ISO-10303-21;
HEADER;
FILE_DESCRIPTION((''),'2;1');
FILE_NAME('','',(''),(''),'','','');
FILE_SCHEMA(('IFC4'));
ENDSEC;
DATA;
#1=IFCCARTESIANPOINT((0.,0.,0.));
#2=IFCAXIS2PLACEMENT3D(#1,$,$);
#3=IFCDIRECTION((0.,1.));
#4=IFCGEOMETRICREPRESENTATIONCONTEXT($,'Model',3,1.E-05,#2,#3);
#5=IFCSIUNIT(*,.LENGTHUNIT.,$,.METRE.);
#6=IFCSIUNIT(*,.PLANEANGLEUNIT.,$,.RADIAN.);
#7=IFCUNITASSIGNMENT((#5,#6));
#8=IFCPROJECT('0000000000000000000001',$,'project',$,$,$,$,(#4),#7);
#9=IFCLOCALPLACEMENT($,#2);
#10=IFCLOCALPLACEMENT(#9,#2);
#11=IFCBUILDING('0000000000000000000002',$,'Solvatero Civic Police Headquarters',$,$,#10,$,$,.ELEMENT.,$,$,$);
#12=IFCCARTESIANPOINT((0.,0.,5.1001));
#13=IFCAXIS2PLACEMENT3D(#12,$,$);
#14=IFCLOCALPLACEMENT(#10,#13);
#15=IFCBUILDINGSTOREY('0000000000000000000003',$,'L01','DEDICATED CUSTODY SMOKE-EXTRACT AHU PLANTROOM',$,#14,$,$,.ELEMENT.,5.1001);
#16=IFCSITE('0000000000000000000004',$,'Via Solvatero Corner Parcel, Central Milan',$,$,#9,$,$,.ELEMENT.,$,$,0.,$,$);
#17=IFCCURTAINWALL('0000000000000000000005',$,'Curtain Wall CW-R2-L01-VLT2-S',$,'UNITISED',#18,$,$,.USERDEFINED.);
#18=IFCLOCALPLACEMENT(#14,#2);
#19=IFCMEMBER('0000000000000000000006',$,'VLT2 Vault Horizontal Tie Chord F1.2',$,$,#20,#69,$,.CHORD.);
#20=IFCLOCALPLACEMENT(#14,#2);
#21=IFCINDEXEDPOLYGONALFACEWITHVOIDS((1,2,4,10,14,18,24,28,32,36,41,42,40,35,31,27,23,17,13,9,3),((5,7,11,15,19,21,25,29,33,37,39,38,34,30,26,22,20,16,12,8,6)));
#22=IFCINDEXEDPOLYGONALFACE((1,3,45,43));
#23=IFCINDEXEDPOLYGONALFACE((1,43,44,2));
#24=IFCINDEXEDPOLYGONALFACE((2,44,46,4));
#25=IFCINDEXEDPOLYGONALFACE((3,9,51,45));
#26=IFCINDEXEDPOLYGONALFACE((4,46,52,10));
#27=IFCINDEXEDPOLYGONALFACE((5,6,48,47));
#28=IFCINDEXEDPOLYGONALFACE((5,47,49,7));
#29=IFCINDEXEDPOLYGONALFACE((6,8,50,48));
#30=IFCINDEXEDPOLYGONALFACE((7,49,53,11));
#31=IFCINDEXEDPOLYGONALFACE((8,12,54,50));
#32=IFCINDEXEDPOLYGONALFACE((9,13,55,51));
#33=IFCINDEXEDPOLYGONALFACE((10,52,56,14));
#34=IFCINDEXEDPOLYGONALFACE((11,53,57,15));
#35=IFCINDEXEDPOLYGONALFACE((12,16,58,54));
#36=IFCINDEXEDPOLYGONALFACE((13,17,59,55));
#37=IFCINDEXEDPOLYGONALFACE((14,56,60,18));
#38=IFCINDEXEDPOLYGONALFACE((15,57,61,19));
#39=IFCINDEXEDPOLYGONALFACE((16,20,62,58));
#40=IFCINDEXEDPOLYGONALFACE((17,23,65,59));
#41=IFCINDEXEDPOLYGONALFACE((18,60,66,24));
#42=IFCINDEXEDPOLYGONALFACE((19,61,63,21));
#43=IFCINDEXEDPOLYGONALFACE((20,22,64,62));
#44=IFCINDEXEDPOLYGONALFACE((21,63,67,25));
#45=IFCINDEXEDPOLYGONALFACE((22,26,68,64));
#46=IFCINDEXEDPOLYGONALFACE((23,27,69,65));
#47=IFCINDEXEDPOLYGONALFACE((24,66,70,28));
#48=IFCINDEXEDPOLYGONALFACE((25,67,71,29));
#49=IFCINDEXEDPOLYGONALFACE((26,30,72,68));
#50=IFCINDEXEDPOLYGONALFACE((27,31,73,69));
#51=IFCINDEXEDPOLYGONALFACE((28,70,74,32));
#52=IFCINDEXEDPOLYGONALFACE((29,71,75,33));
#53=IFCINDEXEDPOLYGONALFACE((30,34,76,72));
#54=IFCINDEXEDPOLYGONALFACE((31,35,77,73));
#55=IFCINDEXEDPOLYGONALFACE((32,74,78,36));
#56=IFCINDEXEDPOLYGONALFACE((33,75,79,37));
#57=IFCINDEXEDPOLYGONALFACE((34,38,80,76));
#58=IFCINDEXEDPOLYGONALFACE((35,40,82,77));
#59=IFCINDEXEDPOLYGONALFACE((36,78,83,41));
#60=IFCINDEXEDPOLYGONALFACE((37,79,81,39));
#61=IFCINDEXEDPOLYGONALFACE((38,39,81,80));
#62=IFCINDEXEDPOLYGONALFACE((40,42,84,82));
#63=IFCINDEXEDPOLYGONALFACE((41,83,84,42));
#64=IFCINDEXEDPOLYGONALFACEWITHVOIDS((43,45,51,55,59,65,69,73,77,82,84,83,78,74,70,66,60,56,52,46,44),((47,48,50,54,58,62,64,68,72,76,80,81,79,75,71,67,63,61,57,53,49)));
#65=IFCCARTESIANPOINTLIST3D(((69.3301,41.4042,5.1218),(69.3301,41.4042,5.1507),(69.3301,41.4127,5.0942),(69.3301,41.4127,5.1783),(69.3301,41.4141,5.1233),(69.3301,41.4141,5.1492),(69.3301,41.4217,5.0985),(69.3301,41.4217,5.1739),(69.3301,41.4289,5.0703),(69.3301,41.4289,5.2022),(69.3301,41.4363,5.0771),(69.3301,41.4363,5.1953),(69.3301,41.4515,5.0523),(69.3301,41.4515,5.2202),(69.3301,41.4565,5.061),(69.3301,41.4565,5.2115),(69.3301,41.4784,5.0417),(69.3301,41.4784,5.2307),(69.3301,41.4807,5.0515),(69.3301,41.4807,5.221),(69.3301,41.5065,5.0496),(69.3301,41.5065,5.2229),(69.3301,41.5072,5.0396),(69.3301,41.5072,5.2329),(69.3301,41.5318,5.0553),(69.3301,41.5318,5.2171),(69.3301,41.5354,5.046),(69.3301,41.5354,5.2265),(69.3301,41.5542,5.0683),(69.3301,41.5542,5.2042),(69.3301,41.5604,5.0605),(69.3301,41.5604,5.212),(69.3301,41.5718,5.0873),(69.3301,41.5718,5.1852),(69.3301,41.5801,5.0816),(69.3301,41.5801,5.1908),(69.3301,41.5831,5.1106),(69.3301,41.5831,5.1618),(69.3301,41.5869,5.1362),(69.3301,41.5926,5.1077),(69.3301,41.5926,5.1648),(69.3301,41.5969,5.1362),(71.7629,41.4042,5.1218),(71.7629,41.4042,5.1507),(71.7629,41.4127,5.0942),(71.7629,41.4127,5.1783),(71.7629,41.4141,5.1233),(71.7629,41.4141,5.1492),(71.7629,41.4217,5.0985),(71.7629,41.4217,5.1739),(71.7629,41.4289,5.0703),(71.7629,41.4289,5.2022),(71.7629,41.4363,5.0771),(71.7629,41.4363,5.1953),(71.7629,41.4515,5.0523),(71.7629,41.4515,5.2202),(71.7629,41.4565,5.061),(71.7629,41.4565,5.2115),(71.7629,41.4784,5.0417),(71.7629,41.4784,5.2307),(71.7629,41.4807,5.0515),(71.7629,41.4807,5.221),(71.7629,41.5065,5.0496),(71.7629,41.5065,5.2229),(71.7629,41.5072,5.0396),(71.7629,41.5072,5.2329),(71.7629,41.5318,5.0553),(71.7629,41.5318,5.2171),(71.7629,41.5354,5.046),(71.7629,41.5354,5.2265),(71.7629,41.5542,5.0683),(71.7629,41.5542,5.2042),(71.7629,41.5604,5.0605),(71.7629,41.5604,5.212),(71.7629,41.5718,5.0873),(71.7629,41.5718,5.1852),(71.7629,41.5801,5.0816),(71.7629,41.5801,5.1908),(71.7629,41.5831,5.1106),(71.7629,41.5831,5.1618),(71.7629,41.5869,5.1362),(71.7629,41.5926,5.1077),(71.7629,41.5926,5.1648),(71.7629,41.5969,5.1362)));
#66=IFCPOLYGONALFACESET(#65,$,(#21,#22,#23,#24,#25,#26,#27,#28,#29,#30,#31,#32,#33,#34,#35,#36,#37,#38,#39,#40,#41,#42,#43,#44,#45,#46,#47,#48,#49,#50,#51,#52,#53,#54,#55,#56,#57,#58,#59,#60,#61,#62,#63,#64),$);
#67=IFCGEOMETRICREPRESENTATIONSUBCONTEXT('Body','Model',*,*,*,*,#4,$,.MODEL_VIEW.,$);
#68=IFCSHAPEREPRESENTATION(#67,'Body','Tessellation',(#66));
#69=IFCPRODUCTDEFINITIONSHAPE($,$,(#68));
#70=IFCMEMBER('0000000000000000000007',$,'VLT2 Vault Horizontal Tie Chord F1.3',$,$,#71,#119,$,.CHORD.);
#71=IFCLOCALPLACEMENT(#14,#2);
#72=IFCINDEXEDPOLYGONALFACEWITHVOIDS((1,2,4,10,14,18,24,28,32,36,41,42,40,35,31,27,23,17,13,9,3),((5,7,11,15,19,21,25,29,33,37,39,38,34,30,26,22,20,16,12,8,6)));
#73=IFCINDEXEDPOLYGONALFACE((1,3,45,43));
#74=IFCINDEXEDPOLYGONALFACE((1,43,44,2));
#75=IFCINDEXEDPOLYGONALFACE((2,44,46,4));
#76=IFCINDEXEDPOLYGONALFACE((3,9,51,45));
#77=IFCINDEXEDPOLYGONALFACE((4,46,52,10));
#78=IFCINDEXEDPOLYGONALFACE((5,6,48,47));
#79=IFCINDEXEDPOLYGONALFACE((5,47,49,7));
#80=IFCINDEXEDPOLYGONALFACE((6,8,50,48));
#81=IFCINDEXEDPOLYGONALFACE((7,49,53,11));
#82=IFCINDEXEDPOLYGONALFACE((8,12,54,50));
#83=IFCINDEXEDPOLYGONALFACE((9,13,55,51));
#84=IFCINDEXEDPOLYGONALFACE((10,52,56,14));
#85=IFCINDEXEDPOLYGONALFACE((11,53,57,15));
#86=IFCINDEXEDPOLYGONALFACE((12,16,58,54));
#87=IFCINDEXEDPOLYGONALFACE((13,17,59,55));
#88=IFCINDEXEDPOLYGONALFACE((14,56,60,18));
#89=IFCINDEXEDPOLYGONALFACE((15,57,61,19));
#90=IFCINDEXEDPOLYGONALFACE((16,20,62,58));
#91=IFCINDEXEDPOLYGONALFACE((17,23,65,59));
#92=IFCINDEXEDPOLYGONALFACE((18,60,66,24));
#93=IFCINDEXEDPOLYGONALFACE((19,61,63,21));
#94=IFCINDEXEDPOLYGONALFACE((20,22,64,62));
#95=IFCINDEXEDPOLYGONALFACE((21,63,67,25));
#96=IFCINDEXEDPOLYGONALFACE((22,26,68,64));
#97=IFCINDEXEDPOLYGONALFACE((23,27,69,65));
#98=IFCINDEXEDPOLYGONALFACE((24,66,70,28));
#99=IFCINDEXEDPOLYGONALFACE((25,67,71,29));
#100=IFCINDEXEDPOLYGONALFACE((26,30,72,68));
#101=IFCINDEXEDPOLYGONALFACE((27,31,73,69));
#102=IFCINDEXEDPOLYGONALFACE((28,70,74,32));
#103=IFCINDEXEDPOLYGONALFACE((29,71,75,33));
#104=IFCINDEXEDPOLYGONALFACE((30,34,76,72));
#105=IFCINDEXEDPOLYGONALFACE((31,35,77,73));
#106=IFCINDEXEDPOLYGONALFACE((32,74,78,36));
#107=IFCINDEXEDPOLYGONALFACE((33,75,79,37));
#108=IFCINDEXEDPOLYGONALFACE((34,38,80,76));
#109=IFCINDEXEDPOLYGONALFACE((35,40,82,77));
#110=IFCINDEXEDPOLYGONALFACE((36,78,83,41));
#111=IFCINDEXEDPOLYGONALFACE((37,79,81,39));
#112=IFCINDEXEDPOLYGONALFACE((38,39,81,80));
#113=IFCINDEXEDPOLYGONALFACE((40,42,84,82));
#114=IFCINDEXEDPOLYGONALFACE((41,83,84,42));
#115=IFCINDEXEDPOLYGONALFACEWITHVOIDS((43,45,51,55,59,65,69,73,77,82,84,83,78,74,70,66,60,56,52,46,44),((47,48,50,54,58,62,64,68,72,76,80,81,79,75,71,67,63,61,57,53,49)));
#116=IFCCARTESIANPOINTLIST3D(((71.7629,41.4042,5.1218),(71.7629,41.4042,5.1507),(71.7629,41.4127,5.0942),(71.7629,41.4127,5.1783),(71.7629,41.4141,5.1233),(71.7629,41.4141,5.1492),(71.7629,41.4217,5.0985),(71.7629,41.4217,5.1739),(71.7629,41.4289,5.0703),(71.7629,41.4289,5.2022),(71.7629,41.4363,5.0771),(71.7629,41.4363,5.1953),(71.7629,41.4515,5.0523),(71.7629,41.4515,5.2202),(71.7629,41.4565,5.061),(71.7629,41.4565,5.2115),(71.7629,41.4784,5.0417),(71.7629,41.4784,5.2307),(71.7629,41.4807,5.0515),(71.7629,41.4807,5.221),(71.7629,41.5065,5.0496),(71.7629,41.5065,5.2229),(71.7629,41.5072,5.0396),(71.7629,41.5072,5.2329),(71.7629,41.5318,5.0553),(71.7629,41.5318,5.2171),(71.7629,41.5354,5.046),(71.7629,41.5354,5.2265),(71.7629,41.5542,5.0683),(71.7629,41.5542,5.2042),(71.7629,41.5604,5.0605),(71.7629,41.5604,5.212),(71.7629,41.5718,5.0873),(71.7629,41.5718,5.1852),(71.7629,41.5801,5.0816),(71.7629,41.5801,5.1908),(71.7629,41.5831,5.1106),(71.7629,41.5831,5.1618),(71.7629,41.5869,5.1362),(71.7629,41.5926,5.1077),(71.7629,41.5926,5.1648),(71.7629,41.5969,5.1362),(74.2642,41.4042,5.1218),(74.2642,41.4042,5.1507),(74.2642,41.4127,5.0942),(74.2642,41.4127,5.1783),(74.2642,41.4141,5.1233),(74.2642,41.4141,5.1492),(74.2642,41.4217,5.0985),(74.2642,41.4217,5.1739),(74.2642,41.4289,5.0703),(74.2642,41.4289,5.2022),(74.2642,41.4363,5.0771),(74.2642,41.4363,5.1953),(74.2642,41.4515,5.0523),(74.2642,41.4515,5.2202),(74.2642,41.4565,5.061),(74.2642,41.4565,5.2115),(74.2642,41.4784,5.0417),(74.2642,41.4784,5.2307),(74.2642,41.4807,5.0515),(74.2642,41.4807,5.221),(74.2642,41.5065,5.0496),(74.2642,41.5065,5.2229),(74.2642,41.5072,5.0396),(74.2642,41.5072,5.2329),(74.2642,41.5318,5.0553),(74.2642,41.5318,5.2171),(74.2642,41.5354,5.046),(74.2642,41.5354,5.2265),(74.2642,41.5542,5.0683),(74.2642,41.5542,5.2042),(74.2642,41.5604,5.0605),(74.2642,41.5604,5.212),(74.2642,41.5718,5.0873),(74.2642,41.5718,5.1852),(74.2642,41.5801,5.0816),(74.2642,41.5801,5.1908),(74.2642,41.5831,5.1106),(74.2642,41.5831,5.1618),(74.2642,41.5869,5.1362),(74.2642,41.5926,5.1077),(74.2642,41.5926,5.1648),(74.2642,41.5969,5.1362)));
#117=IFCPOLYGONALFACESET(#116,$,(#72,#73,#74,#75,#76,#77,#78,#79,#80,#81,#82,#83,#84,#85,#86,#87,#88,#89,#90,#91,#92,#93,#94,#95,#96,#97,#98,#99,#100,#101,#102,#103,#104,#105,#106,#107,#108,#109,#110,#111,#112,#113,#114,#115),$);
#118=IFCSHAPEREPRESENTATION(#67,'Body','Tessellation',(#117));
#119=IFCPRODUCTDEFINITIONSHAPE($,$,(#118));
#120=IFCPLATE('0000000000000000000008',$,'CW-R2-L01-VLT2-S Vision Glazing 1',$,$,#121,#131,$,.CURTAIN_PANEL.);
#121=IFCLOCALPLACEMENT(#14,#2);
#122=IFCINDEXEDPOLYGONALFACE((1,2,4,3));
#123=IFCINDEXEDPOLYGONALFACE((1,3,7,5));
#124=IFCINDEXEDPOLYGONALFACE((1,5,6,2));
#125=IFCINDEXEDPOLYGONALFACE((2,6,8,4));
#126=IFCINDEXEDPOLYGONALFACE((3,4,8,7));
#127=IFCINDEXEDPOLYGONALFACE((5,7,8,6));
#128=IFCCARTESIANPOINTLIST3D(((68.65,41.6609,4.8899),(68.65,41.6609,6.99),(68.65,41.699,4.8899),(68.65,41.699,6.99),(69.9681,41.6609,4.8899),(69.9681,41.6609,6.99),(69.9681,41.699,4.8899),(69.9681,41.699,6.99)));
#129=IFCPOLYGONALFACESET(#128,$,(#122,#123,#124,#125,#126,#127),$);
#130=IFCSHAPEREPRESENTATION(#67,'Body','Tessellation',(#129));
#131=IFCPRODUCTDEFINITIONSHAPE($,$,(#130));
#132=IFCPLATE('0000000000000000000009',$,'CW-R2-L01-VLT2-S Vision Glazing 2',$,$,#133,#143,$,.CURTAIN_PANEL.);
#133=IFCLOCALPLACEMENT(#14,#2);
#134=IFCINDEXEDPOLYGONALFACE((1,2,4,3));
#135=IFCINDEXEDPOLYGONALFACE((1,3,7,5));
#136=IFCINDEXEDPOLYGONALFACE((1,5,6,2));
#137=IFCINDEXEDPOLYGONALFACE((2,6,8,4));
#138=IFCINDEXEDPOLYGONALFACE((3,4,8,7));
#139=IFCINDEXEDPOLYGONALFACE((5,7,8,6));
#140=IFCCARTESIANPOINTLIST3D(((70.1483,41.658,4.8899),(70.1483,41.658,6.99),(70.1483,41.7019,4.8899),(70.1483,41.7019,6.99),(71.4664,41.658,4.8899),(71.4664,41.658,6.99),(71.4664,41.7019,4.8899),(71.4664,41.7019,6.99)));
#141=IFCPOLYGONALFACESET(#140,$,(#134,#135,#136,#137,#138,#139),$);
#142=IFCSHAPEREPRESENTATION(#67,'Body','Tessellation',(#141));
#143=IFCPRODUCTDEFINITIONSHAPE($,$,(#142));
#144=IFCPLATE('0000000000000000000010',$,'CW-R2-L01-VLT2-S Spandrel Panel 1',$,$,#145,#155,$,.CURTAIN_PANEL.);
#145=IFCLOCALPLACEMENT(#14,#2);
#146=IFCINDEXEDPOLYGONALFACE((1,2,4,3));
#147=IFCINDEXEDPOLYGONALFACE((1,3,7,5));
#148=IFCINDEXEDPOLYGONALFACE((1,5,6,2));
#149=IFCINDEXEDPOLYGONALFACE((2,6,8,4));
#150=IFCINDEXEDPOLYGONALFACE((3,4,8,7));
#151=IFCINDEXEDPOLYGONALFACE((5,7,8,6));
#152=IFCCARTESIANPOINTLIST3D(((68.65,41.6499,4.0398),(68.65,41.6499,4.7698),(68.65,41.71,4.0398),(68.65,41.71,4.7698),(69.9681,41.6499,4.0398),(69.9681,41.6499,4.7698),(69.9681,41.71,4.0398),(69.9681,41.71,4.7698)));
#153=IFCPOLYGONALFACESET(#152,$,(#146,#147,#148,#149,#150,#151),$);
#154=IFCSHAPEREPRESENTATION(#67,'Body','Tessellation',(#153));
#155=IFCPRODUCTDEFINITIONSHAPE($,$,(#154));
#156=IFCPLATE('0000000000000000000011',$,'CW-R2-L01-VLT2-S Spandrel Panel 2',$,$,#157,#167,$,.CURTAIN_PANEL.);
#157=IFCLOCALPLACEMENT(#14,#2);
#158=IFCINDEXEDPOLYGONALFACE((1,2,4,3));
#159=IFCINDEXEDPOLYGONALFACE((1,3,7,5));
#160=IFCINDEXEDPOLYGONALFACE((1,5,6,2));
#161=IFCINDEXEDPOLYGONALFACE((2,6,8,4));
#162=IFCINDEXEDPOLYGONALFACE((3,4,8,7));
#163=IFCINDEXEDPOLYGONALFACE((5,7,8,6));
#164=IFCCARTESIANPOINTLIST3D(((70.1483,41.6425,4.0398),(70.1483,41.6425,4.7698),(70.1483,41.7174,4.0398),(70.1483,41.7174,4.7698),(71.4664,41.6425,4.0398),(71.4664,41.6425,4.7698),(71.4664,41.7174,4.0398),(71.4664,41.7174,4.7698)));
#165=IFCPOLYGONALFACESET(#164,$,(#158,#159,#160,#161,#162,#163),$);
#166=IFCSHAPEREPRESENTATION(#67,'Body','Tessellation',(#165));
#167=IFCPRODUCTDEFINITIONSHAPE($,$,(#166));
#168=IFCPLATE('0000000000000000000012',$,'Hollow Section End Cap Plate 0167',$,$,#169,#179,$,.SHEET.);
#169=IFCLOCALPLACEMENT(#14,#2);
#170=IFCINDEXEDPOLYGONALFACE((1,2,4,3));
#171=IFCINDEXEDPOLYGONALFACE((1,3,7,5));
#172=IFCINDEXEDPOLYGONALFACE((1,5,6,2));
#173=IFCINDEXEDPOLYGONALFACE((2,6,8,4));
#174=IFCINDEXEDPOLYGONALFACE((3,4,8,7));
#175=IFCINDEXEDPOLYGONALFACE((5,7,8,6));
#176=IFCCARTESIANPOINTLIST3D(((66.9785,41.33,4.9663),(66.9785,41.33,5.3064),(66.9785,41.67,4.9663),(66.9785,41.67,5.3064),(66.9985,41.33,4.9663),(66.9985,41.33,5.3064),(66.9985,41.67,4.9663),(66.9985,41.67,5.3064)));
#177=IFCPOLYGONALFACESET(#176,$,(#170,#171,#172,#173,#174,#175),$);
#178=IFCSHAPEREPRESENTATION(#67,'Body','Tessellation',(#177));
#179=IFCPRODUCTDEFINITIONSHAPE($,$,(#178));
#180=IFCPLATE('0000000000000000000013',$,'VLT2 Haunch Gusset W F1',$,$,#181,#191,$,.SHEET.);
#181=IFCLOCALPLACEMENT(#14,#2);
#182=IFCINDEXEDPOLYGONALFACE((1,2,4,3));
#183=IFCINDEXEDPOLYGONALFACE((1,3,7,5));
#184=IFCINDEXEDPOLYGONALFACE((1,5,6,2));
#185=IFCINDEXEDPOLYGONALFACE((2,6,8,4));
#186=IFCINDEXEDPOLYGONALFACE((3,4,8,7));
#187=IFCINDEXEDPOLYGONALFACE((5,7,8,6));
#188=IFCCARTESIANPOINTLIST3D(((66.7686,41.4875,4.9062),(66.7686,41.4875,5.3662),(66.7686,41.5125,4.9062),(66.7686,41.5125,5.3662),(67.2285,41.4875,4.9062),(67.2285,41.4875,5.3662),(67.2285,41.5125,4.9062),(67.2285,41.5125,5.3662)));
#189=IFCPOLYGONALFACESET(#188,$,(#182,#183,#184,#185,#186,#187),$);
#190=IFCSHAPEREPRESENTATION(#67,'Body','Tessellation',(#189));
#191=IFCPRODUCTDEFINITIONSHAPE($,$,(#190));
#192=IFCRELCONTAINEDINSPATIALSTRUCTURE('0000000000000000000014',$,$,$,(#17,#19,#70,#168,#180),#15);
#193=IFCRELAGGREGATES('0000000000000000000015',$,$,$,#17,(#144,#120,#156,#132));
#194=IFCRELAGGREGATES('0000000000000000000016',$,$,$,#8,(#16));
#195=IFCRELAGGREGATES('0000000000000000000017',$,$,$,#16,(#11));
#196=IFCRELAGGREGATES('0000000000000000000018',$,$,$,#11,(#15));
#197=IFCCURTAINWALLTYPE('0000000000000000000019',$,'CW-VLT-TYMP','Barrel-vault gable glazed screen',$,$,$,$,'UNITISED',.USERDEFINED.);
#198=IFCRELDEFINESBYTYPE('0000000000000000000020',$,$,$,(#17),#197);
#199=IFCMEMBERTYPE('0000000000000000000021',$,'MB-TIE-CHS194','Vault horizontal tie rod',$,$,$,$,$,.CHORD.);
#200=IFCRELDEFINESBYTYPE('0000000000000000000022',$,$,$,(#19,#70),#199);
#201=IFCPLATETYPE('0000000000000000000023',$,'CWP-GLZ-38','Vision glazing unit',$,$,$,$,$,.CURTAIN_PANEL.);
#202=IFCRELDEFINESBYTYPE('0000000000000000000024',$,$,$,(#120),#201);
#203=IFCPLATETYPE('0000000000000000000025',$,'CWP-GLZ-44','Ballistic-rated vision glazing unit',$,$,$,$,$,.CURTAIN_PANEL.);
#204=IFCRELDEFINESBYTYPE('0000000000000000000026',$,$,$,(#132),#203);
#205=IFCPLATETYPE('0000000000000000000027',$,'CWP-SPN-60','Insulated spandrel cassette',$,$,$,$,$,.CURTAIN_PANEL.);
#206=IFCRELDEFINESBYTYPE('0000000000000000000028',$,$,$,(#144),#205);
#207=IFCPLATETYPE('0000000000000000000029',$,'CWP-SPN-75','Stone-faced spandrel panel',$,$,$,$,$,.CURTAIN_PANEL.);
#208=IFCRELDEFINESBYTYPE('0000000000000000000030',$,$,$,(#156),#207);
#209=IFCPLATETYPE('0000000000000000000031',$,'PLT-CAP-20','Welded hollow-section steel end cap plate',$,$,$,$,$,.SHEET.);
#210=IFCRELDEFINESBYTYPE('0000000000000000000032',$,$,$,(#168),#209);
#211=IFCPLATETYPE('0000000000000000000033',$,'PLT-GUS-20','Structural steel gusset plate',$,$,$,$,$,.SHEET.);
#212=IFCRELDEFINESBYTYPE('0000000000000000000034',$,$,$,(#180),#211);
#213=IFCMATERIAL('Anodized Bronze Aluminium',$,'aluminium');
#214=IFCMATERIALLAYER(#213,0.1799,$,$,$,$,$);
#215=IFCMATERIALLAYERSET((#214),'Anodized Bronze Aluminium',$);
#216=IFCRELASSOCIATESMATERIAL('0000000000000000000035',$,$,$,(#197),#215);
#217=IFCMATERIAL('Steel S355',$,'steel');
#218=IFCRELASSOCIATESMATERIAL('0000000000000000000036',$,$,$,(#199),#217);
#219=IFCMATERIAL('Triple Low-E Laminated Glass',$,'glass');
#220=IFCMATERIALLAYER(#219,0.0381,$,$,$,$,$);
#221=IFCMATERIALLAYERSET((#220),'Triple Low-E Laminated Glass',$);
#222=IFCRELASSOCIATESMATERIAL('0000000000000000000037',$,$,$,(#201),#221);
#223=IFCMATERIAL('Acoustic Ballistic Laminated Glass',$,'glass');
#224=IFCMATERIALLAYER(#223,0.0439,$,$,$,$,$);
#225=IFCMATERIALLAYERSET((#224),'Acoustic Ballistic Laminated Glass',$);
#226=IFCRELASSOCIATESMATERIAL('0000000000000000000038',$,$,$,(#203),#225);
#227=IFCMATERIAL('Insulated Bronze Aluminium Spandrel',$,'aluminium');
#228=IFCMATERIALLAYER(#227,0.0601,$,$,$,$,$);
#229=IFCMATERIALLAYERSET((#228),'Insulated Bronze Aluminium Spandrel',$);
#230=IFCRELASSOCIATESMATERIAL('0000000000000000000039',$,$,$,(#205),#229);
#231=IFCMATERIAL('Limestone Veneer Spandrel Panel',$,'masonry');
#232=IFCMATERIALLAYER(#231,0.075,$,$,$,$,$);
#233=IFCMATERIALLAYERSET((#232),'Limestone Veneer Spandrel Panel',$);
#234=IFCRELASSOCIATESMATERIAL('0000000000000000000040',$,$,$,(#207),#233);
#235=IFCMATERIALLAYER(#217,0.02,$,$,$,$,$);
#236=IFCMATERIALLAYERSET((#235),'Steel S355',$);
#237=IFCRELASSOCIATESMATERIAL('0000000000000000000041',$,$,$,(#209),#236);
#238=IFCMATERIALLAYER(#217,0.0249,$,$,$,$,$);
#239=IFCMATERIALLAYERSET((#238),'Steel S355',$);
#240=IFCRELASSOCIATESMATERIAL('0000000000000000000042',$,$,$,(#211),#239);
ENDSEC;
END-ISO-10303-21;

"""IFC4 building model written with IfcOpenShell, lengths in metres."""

from ifc_helpers import new_model, si_unit, direction, frame, origin, origin_2d, place, context, subcontext, project, spatial, rectangle, hollow_circle, extrude, material, layer, layer_set, material_profile, profile_set, type_object, element, aggregate, save


model = new_model("IFC4")

# Units and contexts
model_context = context("Model", 3, precision=1e-05, world=origin(), true_north=direction((0.0, 1.0)))
body_context = subcontext(model_context, "Body", "Model", "MODEL_VIEW")
ifc_project = project(units=[si_unit("LENGTHUNIT", "METRE"), si_unit("PLANEANGLEUNIT", "RADIAN")], contexts=[model_context])

# Site, building, storey
site_placement = place(None, origin())
site = spatial("IfcSite", under=ifc_project, at=site_placement, Name="Via Solvatero Corner Parcel, Central Milan", CompositionType="ELEMENT", RefElevation=0.0)
building_placement = place(site_placement, origin())
building = spatial("IfcBuilding", under=site, at=building_placement, Name="Solvatero Civic Police Headquarters", CompositionType="ELEMENT")
storey_placement = place(building_placement, frame((0.0, 0.0, 5.1001)))
storey = spatial("IfcBuildingStorey", under=building, at=storey_placement, Name="L01", Description="DEDICATED CUSTODY SMOKE-EXTRACT AHU PLANTROOM", CompositionType="ELEMENT", Elevation=5.1001)

# Shared definitions
ifc_material_1 = material(Name="Steel S355", Category="steel")

# Curtain wall
ifc_material_2 = material(Name="Anodized Bronze Aluminium", Category="aluminium")
ifc_layer_1 = layer(ifc_material_2, 0.1799)
ifc_layer_set_1 = layer_set([ifc_layer_1], Name="Anodized Bronze Aluminium")
curtain_wall_type = type_object("IfcCurtainWallType", Name="CW-VLT-TYMP", Description="Barrel-vault gable glazed screen", ElementType="UNITISED", PredefinedType="USERDEFINED", material=ifc_layer_set_1)
curtain_wall_placement = place(storey_placement, origin())
curtain_wall = element("IfcCurtainWall", 1, at=curtain_wall_placement, inside=storey, type_object=curtain_wall_type, Name="Curtain Wall CW-R2-L01-VLT2-S", ObjectType="UNITISED", PredefinedType="USERDEFINED")

# Members
ifc_material_profile_1 = material_profile(ifc_material_1, hollow_circle(Radius=0.0969, WallThickness=0.01, at=origin_2d()), Name="CHS 193.7x10.0")
ifc_profile_set_1 = profile_set([ifc_material_profile_1], Name="Steel S355")
member_type_1 = type_object("IfcMemberType", Name="MB-TIE-CHS194", Description="Vault horizontal tie rod", PredefinedType="CHORD", material=ifc_profile_set_1)
member_1_placement = place(storey_placement, frame((69.3301, 41.5, 5.1362), z_axis=(1.0, 0.0, 0.0), x_axis=(0.0, 1.0, 0.0)))
element("IfcMember", 2, at=member_1_placement, inside=storey, type_object=member_type_1, Name="VLT2 Vault Horizontal Tie Chord F1.2", PredefinedType="CHORD", context=body_context, shape_type="SweptSolid", body=[
    extrude(hollow_circle(Radius=0.0969, WallThickness=0.01, at=origin_2d()), origin(), (0.0, 0.0, 1.0), 2.4329),
])
member_2_placement = place(storey_placement, frame((71.7629, 41.5, 5.1362), z_axis=(1.0, 0.0, 0.0), x_axis=(0.0, 1.0, 0.0)))
element("IfcMember", 3, at=member_2_placement, inside=storey, type_object=member_type_1, Name="VLT2 Vault Horizontal Tie Chord F1.3", PredefinedType="CHORD", context=body_context, shape_type="SweptSolid", body=[
    extrude(hollow_circle(Radius=0.0969, WallThickness=0.01, at=origin_2d()), origin(), (0.0, 0.0, 1.0), 2.5012),
])

# Plates
ifc_material_3 = material(Name="Triple Low-E Laminated Glass", Category="glass")
ifc_layer_2 = layer(ifc_material_3, 0.0381)
ifc_layer_set_2 = layer_set([ifc_layer_2], Name="Triple Low-E Laminated Glass")
plate_type_1 = type_object("IfcPlateType", Name="CWP-GLZ-38", Description="Vision glazing unit", PredefinedType="CURTAIN_PANEL", material=ifc_layer_set_2)
plate_1_placement = place(storey_placement, frame((69.3091, 41.6799, 4.8899), z_axis=(0.0, 0.0, 1.0), x_axis=(1.0, 0.0, 0.0)))
plate_1 = element("IfcPlate", 4, at=plate_1_placement, type_object=plate_type_1, Name="CW-R2-L01-VLT2-S Vision Glazing 1", PredefinedType="CURTAIN_PANEL", context=body_context, shape_type="SweptSolid", body=[
    extrude(rectangle(XDim=1.3181, YDim=0.0381, at=origin_2d()), origin(), (0.0, 0.0, 1.0), 2.1001),
])
ifc_material_4 = material(Name="Acoustic Ballistic Laminated Glass", Category="glass")
ifc_layer_3 = layer(ifc_material_4, 0.0439)
ifc_layer_set_3 = layer_set([ifc_layer_3], Name="Acoustic Ballistic Laminated Glass")
plate_type_2 = type_object("IfcPlateType", Name="CWP-GLZ-44", Description="Ballistic-rated vision glazing unit", PredefinedType="CURTAIN_PANEL", material=ifc_layer_set_3)
plate_2_placement = place(storey_placement, frame((70.8074, 41.6799, 4.8899), z_axis=(0.0, 0.0, 1.0), x_axis=(1.0, 0.0, 0.0)))
plate_2 = element("IfcPlate", 5, at=plate_2_placement, type_object=plate_type_2, Name="CW-R2-L01-VLT2-S Vision Glazing 2", PredefinedType="CURTAIN_PANEL", context=body_context, shape_type="SweptSolid", body=[
    extrude(rectangle(XDim=1.3181, YDim=0.0439, at=origin_2d()), origin(), (0.0, 0.0, 1.0), 2.1001),
])
ifc_material_5 = material(Name="Insulated Bronze Aluminium Spandrel", Category="aluminium")
ifc_layer_4 = layer(ifc_material_5, 0.0601)
ifc_layer_set_4 = layer_set([ifc_layer_4], Name="Insulated Bronze Aluminium Spandrel")
plate_type_3 = type_object("IfcPlateType", Name="CWP-SPN-60", Description="Insulated spandrel cassette", PredefinedType="CURTAIN_PANEL", material=ifc_layer_set_4)
plate_3_placement = place(storey_placement, frame((69.3091, 41.6799, 4.0398), z_axis=(0.0, 0.0, 1.0), x_axis=(1.0, 0.0, 0.0)))
plate_3 = element("IfcPlate", 6, at=plate_3_placement, type_object=plate_type_3, Name="CW-R2-L01-VLT2-S Spandrel Panel 1", PredefinedType="CURTAIN_PANEL", context=body_context, shape_type="SweptSolid", body=[
    extrude(rectangle(XDim=1.3181, YDim=0.0601, at=origin_2d()), origin(), (0.0, 0.0, 1.0), 0.73),
])
ifc_material_6 = material(Name="Limestone Veneer Spandrel Panel", Category="masonry")
ifc_layer_5 = layer(ifc_material_6, 0.075)
ifc_layer_set_5 = layer_set([ifc_layer_5], Name="Limestone Veneer Spandrel Panel")
plate_type_4 = type_object("IfcPlateType", Name="CWP-SPN-75", Description="Stone-faced spandrel panel", PredefinedType="CURTAIN_PANEL", material=ifc_layer_set_5)
plate_4_placement = place(storey_placement, frame((70.8074, 41.6799, 4.0398), z_axis=(0.0, 0.0, 1.0), x_axis=(1.0, 0.0, 0.0)))
plate_4 = element("IfcPlate", 7, at=plate_4_placement, type_object=plate_type_4, Name="CW-R2-L01-VLT2-S Spandrel Panel 2", PredefinedType="CURTAIN_PANEL", context=body_context, shape_type="SweptSolid", body=[
    extrude(rectangle(XDim=1.3181, YDim=0.075, at=origin_2d()), origin(), (0.0, 0.0, 1.0), 0.73),
])
aggregate(curtain_wall, [plate_3, plate_1, plate_4, plate_2])

# Plates
ifc_layer_6 = layer(ifc_material_1, 0.02)
ifc_layer_set_6 = layer_set([ifc_layer_6], Name="Steel S355")
plate_type_5 = type_object("IfcPlateType", Name="PLT-CAP-20", Description="Welded hollow-section steel end cap plate", PredefinedType="SHEET", material=ifc_layer_set_6)
plate_5_placement = place(storey_placement, frame((66.9885, 41.5, 4.9663), z_axis=(0.0, 0.0, 1.0), x_axis=(1.0, 0.0, 0.0)))
element("IfcPlate", 8, at=plate_5_placement, inside=storey, type_object=plate_type_5, Name="Hollow Section End Cap Plate 0167", PredefinedType="SHEET", context=body_context, shape_type="SweptSolid", body=[
    extrude(rectangle(XDim=0.02, YDim=0.3401, at=origin_2d()), origin(), (0.0, 0.0, 1.0), 0.3401),
])
ifc_layer_7 = layer(ifc_material_1, 0.0249)
ifc_layer_set_7 = layer_set([ifc_layer_7], Name="Steel S355")
plate_type_6 = type_object("IfcPlateType", Name="PLT-GUS-20", Description="Structural steel gusset plate", PredefinedType="SHEET", material=ifc_layer_set_7)
plate_6_placement = place(storey_placement, frame((66.9985, 41.5, 4.9062), z_axis=(0.0, 0.0, 1.0), x_axis=(1.0, 0.0, 0.0)))
element("IfcPlate", 9, at=plate_6_placement, inside=storey, type_object=plate_type_6, Name="VLT2 Haunch Gusset W F1", PredefinedType="SHEET", context=body_context, shape_type="SweptSolid", body=[
    extrude(rectangle(XDim=0.46, YDim=0.0249, at=origin_2d()), origin(), (0.0, 0.0, 1.0), 0.46),
])

save(model, "model.ifc")
